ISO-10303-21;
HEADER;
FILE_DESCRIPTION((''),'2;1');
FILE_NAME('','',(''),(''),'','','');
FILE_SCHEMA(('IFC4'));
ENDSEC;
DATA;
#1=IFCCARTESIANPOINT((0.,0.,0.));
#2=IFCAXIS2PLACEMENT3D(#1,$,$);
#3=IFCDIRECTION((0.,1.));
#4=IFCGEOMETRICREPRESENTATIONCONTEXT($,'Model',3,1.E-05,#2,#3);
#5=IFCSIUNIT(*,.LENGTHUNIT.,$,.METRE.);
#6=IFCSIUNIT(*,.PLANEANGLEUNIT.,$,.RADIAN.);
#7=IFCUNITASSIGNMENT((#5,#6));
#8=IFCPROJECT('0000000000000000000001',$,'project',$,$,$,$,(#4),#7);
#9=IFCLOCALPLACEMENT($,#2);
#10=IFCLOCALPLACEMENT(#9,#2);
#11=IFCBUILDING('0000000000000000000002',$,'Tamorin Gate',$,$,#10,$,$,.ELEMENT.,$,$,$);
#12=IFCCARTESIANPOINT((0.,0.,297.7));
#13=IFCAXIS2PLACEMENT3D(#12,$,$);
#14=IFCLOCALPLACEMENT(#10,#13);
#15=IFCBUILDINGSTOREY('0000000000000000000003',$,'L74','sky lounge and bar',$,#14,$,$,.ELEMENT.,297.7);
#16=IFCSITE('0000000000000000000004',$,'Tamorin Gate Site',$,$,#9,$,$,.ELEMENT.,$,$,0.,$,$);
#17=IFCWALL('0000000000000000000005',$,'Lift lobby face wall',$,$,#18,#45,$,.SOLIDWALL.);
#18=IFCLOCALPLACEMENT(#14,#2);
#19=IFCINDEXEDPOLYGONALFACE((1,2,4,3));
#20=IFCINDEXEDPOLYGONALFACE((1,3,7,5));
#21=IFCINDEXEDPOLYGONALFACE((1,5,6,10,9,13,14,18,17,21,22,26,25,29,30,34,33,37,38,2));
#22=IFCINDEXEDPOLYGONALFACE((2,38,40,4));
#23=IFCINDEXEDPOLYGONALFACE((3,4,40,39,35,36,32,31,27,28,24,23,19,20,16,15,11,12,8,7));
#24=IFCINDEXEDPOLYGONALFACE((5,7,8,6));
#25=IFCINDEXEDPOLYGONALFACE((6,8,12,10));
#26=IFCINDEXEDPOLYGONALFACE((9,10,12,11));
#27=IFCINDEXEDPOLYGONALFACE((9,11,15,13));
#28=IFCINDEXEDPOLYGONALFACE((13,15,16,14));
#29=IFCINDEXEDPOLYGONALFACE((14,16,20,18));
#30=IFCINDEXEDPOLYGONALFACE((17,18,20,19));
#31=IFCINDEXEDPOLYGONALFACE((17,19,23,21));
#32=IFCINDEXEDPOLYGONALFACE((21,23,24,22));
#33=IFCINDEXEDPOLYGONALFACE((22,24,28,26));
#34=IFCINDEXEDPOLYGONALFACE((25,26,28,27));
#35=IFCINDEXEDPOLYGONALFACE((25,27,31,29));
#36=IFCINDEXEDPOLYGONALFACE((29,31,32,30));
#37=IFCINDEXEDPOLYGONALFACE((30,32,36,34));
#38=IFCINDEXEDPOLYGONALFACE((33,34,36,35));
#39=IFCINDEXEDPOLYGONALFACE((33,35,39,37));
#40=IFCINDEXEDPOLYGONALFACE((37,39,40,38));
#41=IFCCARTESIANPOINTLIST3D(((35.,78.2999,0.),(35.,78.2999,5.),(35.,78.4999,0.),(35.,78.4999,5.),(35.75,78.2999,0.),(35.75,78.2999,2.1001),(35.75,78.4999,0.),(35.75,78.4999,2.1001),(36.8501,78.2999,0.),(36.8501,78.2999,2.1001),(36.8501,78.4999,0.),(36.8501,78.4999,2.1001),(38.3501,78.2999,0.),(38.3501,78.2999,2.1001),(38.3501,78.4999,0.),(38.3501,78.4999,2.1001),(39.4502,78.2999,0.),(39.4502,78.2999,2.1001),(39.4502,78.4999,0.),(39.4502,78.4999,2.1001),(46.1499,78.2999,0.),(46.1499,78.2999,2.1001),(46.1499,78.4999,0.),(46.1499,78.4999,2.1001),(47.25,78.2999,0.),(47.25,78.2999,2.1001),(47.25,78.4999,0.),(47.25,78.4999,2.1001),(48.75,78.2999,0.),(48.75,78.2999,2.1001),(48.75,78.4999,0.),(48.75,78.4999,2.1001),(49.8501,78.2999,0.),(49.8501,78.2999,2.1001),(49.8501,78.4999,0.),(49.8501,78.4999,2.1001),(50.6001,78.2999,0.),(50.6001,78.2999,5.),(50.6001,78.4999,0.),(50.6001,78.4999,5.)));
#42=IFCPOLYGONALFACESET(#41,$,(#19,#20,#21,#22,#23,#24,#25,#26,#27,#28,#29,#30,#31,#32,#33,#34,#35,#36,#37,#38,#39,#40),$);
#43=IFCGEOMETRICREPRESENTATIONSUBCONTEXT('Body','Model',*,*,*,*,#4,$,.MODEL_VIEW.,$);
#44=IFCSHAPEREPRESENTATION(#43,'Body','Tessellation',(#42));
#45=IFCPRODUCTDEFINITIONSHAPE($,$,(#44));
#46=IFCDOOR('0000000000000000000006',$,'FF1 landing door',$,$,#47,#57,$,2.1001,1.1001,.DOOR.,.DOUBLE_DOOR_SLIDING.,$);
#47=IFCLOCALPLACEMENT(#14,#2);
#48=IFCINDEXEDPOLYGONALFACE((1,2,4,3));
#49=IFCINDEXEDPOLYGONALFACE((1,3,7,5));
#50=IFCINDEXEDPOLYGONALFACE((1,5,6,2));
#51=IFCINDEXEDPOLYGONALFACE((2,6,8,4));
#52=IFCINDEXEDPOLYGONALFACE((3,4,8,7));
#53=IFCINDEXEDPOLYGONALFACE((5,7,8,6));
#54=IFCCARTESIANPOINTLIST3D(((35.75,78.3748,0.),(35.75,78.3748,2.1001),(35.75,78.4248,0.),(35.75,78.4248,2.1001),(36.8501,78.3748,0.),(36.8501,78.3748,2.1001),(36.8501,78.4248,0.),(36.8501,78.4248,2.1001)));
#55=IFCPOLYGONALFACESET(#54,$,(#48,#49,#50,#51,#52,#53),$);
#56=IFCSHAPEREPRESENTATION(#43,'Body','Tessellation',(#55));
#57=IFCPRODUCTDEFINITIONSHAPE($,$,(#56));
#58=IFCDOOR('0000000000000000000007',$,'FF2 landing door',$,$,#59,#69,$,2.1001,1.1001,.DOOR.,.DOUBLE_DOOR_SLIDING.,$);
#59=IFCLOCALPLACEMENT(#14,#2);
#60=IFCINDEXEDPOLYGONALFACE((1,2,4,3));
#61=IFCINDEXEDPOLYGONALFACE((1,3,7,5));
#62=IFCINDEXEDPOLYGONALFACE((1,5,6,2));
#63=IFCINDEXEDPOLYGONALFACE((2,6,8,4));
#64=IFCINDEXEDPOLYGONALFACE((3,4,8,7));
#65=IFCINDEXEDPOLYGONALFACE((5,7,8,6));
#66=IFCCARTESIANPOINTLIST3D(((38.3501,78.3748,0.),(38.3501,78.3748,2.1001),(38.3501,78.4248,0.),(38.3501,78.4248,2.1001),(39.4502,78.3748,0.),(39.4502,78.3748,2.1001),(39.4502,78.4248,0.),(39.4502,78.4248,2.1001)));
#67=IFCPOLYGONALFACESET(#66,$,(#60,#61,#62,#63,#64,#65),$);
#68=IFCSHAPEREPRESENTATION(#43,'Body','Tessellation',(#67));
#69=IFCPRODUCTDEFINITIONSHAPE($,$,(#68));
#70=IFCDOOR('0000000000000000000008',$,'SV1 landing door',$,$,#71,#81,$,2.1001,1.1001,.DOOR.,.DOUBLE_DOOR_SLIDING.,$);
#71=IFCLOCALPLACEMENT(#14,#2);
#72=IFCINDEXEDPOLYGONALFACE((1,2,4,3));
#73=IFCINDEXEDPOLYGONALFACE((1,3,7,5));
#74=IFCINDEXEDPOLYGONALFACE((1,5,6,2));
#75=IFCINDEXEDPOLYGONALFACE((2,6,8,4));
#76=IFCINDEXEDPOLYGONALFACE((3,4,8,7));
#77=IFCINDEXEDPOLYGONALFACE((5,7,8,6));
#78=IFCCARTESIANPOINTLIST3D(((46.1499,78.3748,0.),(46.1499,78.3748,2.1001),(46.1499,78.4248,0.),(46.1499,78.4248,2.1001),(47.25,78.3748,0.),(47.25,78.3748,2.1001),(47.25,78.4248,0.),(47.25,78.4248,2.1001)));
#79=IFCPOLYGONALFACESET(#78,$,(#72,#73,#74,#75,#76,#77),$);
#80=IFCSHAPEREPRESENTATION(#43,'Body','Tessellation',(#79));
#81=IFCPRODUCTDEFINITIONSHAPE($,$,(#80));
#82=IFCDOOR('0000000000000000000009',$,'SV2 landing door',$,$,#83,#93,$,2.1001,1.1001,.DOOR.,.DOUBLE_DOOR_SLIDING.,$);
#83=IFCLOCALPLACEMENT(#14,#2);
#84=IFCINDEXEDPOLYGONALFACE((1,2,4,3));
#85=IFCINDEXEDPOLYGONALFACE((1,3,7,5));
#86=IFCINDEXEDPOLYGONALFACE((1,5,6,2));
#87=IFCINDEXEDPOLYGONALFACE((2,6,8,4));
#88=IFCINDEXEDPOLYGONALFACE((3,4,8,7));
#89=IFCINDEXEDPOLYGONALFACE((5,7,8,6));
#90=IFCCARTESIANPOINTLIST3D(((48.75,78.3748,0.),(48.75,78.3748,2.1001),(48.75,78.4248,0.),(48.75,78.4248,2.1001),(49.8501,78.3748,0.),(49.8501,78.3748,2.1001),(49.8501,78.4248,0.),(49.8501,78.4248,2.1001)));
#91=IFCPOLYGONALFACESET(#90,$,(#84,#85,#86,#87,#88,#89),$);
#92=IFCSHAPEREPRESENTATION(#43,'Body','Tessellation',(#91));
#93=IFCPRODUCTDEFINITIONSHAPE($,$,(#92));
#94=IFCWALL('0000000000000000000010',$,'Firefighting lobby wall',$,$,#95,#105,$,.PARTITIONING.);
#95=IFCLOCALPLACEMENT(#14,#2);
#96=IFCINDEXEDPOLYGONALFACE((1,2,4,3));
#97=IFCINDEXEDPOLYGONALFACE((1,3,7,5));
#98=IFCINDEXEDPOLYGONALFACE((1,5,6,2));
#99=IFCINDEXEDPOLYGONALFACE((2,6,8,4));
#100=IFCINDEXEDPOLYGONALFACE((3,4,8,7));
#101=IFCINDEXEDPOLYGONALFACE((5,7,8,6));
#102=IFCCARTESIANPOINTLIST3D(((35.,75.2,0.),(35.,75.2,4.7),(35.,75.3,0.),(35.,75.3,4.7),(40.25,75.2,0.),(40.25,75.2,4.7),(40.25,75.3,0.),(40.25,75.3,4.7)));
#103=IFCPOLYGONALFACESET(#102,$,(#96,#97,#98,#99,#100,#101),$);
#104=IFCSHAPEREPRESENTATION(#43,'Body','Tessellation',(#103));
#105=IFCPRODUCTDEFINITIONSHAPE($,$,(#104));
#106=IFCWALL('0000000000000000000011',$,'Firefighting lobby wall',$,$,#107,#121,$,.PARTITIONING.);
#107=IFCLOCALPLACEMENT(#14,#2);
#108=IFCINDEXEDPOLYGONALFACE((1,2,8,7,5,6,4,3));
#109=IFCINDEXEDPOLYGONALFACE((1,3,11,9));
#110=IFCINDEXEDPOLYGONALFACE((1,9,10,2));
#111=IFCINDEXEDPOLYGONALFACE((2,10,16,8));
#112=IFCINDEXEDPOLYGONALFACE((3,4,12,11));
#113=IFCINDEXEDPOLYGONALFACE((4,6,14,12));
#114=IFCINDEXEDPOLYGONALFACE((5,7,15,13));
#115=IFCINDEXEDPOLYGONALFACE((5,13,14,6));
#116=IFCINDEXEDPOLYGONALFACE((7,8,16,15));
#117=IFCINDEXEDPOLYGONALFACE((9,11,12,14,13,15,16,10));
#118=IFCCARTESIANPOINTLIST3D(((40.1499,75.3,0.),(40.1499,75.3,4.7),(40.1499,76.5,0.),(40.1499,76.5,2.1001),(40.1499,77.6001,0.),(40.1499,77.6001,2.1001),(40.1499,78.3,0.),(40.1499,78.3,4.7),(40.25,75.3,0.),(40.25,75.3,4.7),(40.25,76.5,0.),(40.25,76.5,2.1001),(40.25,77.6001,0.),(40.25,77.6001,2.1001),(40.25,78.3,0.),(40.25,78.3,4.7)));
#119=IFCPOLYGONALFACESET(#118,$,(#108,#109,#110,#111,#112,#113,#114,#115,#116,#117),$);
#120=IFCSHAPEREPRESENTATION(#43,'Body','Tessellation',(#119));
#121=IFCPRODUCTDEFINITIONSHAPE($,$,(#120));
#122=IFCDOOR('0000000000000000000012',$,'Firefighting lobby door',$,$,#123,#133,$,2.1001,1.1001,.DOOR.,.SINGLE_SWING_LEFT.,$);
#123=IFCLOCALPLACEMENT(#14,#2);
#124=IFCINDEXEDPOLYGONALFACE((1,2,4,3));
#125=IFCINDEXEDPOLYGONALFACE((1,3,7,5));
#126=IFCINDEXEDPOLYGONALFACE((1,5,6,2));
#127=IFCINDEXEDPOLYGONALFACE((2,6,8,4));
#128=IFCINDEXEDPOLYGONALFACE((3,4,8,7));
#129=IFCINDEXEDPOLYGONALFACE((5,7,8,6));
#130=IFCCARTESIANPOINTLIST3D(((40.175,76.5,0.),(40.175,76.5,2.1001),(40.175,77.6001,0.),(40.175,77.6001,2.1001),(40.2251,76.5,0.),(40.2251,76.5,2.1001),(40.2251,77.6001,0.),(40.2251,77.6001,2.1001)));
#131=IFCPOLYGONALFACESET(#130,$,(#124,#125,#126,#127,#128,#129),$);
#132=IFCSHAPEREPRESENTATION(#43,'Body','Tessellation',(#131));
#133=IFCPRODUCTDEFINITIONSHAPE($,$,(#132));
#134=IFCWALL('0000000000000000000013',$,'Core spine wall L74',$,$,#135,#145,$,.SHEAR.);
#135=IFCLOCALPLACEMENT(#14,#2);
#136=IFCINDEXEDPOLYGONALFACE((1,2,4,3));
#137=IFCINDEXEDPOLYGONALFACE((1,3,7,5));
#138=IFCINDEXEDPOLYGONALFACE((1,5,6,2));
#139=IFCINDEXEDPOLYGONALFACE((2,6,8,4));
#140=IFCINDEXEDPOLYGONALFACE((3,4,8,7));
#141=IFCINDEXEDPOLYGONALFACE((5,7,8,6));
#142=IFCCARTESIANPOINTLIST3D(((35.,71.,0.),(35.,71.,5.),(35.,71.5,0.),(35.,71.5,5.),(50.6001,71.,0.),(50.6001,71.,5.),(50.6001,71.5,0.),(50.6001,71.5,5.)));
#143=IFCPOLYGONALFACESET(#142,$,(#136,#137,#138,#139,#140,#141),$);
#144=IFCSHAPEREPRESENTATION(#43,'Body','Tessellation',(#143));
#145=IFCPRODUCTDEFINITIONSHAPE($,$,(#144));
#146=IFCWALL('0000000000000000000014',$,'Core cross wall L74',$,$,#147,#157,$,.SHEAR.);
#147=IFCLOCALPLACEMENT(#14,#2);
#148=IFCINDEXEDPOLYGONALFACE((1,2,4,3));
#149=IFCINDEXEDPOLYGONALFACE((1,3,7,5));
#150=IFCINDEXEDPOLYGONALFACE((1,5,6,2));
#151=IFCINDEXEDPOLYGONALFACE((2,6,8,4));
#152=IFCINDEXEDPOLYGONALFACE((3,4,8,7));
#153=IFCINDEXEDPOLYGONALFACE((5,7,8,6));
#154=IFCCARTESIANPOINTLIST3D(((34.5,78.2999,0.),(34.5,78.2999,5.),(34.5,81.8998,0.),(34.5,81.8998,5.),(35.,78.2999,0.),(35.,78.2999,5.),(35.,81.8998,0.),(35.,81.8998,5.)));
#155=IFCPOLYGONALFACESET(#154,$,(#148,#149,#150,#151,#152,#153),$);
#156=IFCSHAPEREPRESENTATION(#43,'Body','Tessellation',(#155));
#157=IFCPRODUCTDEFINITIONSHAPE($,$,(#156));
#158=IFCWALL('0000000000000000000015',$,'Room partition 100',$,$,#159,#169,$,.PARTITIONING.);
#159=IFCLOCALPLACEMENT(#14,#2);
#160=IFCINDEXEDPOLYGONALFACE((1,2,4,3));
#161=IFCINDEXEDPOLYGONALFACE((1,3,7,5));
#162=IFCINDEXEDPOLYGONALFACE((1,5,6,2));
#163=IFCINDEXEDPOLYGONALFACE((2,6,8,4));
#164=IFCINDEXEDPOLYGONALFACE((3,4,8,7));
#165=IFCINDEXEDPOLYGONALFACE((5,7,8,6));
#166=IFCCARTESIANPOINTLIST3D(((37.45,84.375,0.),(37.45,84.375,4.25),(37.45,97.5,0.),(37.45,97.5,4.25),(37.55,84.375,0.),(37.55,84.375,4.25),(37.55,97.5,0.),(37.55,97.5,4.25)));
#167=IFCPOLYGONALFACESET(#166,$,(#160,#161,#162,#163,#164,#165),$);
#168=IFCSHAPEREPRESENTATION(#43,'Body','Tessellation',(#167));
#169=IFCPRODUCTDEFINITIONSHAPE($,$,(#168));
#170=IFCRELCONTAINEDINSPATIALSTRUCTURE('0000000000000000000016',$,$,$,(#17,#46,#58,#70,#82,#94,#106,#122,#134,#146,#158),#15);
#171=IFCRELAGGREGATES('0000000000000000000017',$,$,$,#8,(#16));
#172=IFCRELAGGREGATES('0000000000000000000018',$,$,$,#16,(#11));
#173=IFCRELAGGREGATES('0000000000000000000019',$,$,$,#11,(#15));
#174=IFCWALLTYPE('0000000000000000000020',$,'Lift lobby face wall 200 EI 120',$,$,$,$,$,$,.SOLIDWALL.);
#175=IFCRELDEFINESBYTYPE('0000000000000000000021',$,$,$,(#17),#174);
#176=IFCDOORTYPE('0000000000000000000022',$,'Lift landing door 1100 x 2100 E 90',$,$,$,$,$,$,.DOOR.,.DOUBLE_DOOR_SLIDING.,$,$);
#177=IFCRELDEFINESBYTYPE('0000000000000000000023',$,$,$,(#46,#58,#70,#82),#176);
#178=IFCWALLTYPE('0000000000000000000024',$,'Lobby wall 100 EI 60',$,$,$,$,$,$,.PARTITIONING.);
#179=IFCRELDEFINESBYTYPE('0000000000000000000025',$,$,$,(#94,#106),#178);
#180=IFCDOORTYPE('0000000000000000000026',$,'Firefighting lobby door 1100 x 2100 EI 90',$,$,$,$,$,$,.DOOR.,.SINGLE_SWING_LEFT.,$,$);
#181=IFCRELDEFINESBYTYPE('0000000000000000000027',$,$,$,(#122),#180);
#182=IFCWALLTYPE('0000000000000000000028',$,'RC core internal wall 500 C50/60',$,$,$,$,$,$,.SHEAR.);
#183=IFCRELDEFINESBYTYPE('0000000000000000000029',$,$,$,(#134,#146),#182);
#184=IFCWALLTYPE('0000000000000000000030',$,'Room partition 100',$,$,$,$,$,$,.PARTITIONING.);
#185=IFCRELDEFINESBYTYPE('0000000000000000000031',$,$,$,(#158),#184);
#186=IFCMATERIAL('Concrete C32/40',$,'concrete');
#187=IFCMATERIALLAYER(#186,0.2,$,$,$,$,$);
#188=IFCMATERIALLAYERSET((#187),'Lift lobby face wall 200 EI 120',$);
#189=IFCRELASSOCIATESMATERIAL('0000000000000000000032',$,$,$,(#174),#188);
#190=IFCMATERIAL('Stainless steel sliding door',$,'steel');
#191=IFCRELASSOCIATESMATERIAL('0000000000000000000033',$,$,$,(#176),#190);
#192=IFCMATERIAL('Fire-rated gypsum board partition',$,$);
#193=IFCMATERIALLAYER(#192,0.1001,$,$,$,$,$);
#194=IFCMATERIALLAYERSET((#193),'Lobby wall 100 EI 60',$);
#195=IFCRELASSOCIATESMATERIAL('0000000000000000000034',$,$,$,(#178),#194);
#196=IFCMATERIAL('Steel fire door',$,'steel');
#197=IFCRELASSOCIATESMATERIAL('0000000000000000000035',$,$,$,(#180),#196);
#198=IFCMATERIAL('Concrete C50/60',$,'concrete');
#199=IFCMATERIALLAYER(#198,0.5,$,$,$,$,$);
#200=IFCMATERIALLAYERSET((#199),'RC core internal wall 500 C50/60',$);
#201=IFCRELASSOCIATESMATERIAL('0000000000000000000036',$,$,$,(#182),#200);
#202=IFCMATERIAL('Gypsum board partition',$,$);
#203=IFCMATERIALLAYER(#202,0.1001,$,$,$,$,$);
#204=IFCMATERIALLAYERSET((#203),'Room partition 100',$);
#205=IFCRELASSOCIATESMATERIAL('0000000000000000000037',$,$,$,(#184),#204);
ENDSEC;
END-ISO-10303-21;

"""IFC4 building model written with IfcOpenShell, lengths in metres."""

from ifc_helpers import new_model, si_unit, direction, frame, frame_2d, origin, place, context, subcontext, project, spatial, rectangle, extrude, material, layer, layer_set, type_object, element, fill, save


model = new_model("IFC4")

# Units and contexts
model_context = context("Model", 3, precision=1e-05, world=origin(), true_north=direction((0.0, 1.0)))
body_context = subcontext(model_context, "Body", "Model", "MODEL_VIEW")
ifc_project = project(units=[si_unit("LENGTHUNIT", "METRE"), si_unit("PLANEANGLEUNIT", "RADIAN")], contexts=[model_context])

# Site, building, storey
site_placement = place(None, origin())
site = spatial("IfcSite", under=ifc_project, at=site_placement, Name="Tamorin Gate Site", CompositionType="ELEMENT", RefElevation=0.0)
building_placement = place(site_placement, origin())
building = spatial("IfcBuilding", under=site, at=building_placement, Name="Tamorin Gate", CompositionType="ELEMENT")
storey_placement = place(building_placement, frame((0.0, 0.0, 297.7)))
storey = spatial("IfcBuildingStorey", under=building, at=storey_placement, Name="L74", Description="sky lounge and bar", CompositionType="ELEMENT", Elevation=297.7)

# Wall, openings, doors
ifc_material_1 = material(Name="Concrete C32/40", Category="concrete")
ifc_layer_1 = layer(ifc_material_1, 0.2)
ifc_layer_set_1 = layer_set([ifc_layer_1], Name="Lift lobby face wall 200 EI 120")
wall_type_1 = type_object("IfcWallType", Name="Lift lobby face wall 200 EI 120", PredefinedType="SOLIDWALL", material=ifc_layer_set_1)
ifc_material_2 = material(Name="Stainless steel sliding door", Category="steel")
door_type_1 = type_object("IfcDoorType", Name="Lift landing door 1100 x 2100 E 90", OperationType="DOUBLE_DOOR_SLIDING", PredefinedType="DOOR", material=ifc_material_2)
wall_1_placement = place(storey_placement, frame((35.0, 78.3999, 0.0), z_axis=(0.0, 0.0, 1.0), x_axis=(1.0, 0.0, 0.0)))
wall_1 = element("IfcWall", 1, at=wall_1_placement, inside=storey, type_object=wall_type_1, Name="Lift lobby face wall", PredefinedType="SOLIDWALL", context=body_context, shape_type="SweptSolid", body=[
    extrude(rectangle(XDim=15.6001, YDim=0.2, at=frame_2d((7.8, 0.0))), origin(), (0.0, 0.0, 1.0), 5.0),
])
opening_1_placement = place(wall_1_placement, frame((0.75, 0.0, 0.0)))
opening_1 = element("IfcOpeningElement", 2, at=opening_1_placement, cuts=wall_1, PredefinedType="OPENING", context=body_context, shape_type="SweptSolid", body=[
    extrude(rectangle(XDim=1.1001, YDim=2.1001, at=frame_2d((0.55, 1.05))), frame((0.0, 0.1099, 0.0), z_axis=(0.0, -1.0, 0.0), x_axis=(1.0, 0.0, 0.0)), (0.0, 0.0, 1.0), 0.22),
])
opening_2_placement = place(wall_1_placement, frame((3.3501, 0.0, 0.0)))
opening_2 = element("IfcOpeningElement", 3, at=opening_2_placement, cuts=wall_1, PredefinedType="OPENING", context=body_context, shape_type="SweptSolid", body=[
    extrude(rectangle(XDim=1.1001, YDim=2.1001, at=frame_2d((0.55, 1.05))), frame((0.0, 0.1099, 0.0), z_axis=(0.0, -1.0, 0.0), x_axis=(1.0, 0.0, 0.0)), (0.0, 0.0, 1.0), 0.22),
])
opening_3_placement = place(wall_1_placement, frame((11.1499, 0.0, 0.0)))
opening_3 = element("IfcOpeningElement", 4, at=opening_3_placement, cuts=wall_1, PredefinedType="OPENING", context=body_context, shape_type="SweptSolid", body=[
    extrude(rectangle(XDim=1.1001, YDim=2.1001, at=frame_2d((0.55, 1.05))), frame((0.0, 0.1099, 0.0), z_axis=(0.0, -1.0, 0.0), x_axis=(1.0, 0.0, 0.0)), (0.0, 0.0, 1.0), 0.22),
])
opening_4_placement = place(wall_1_placement, frame((13.75, 0.0, 0.0)))
opening_4 = element("IfcOpeningElement", 5, at=opening_4_placement, cuts=wall_1, PredefinedType="OPENING", context=body_context, shape_type="SweptSolid", body=[
    extrude(rectangle(XDim=1.1001, YDim=2.1001, at=frame_2d((0.55, 1.05))), frame((0.0, 0.1099, 0.0), z_axis=(0.0, -1.0, 0.0), x_axis=(1.0, 0.0, 0.0)), (0.0, 0.0, 1.0), 0.22),
])
door_1_placement = place(opening_1_placement, origin())
door_1 = element("IfcDoor", 6, at=door_1_placement, inside=storey, type_object=door_type_1, Name="FF1 landing door", OperationType="DOUBLE_DOOR_SLIDING", OverallHeight=2.1001, OverallWidth=1.1001, PredefinedType="DOOR", context=body_context, shape_type="SweptSolid", body=[
    extrude(rectangle(XDim=1.1001, YDim=2.1001, at=frame_2d((0.55, 1.05))), frame((0.0, 0.0249, 0.0), z_axis=(0.0, -1.0, 0.0), x_axis=(1.0, 0.0, 0.0)), (0.0, 0.0, 1.0), 0.05),
])
fill(opening_1, door_1)
door_2_placement = place(opening_2_placement, origin())
door_2 = element("IfcDoor", 7, at=door_2_placement, inside=storey, type_object=door_type_1, Name="FF2 landing door", OperationType="DOUBLE_DOOR_SLIDING", OverallHeight=2.1001, OverallWidth=1.1001, PredefinedType="DOOR", context=body_context, shape_type="SweptSolid", body=[
    extrude(rectangle(XDim=1.1001, YDim=2.1001, at=frame_2d((0.55, 1.05))), frame((0.0, 0.0249, 0.0), z_axis=(0.0, -1.0, 0.0), x_axis=(1.0, 0.0, 0.0)), (0.0, 0.0, 1.0), 0.05),
])
fill(opening_2, door_2)
door_3_placement = place(opening_3_placement, origin())
door_3 = element("IfcDoor", 8, at=door_3_placement, inside=storey, type_object=door_type_1, Name="SV1 landing door", OperationType="DOUBLE_DOOR_SLIDING", OverallHeight=2.1001, OverallWidth=1.1001, PredefinedType="DOOR", context=body_context, shape_type="SweptSolid", body=[
    extrude(rectangle(XDim=1.1001, YDim=2.1001, at=frame_2d((0.55, 1.05))), frame((0.0, 0.0249, 0.0), z_axis=(0.0, -1.0, 0.0), x_axis=(1.0, 0.0, 0.0)), (0.0, 0.0, 1.0), 0.05),
])
fill(opening_3, door_3)
door_4_placement = place(opening_4_placement, origin())
door_4 = element("IfcDoor", 9, at=door_4_placement, inside=storey, type_object=door_type_1, Name="SV2 landing door", OperationType="DOUBLE_DOOR_SLIDING", OverallHeight=2.1001, OverallWidth=1.1001, PredefinedType="DOOR", context=body_context, shape_type="SweptSolid", body=[
    extrude(rectangle(XDim=1.1001, YDim=2.1001, at=frame_2d((0.55, 1.05))), frame((0.0, 0.0249, 0.0), z_axis=(0.0, -1.0, 0.0), x_axis=(1.0, 0.0, 0.0)), (0.0, 0.0, 1.0), 0.05),
])
fill(opening_4, door_4)

# Wall
ifc_material_3 = material(Name="Fire-rated gypsum board partition")
ifc_layer_2 = layer(ifc_material_3, 0.1001)
ifc_layer_set_2 = layer_set([ifc_layer_2], Name="Lobby wall 100 EI 60")
wall_type_2 = type_object("IfcWallType", Name="Lobby wall 100 EI 60", PredefinedType="PARTITIONING", material=ifc_layer_set_2)
wall_2_placement = place(storey_placement, frame((35.0, 75.25, 0.0), z_axis=(0.0, 0.0, 1.0), x_axis=(1.0, 0.0, 0.0)))
element("IfcWall", 10, at=wall_2_placement, inside=storey, type_object=wall_type_2, Name="Firefighting lobby wall", PredefinedType="PARTITIONING", context=body_context, shape_type="SweptSolid", body=[
    extrude(rectangle(XDim=5.25, YDim=0.1001, at=frame_2d((2.625, 0.0))), origin(), (0.0, 0.0, 1.0), 4.7),
])

# Wall, opening, door
wall_3_placement = place(storey_placement, frame((40.2, 75.3, 0.0), z_axis=(0.0, 0.0, 1.0), x_axis=(0.0, 1.0, 0.0)))
wall_3 = element("IfcWall", 11, at=wall_3_placement, inside=storey, type_object=wall_type_2, Name="Firefighting lobby wall", PredefinedType="PARTITIONING", context=body_context, shape_type="SweptSolid", body=[
    extrude(rectangle(XDim=3.0, YDim=0.1001, at=frame_2d((1.5, 0.0))), origin(), (0.0, 0.0, 1.0), 4.7),
])
opening_5_placement = place(wall_3_placement, frame((1.2, 0.0, 0.0)))
opening_5 = element("IfcOpeningElement", 12, at=opening_5_placement, cuts=wall_3, PredefinedType="OPENING", context=body_context, shape_type="SweptSolid", body=[
    extrude(rectangle(XDim=1.1001, YDim=2.1001, at=frame_2d((0.55, 1.05))), frame((0.0, 0.0601, 0.0), z_axis=(0.0, -1.0, 0.0), x_axis=(1.0, 0.0, 0.0)), (0.0, 0.0, 1.0), 0.1201),
])
ifc_material_4 = material(Name="Steel fire door", Category="steel")
door_type_2 = type_object("IfcDoorType", Name="Firefighting lobby door 1100 x 2100 EI 90", OperationType="SINGLE_SWING_LEFT", PredefinedType="DOOR", material=ifc_material_4)
door_5_placement = place(opening_5_placement, origin())
door_5 = element("IfcDoor", 13, at=door_5_placement, inside=storey, type_object=door_type_2, Name="Firefighting lobby door", OperationType="SINGLE_SWING_LEFT", OverallHeight=2.1001, OverallWidth=1.1001, PredefinedType="DOOR", context=body_context, shape_type="SweptSolid", body=[
    extrude(rectangle(XDim=1.1001, YDim=2.1001, at=frame_2d((0.55, 1.05))), frame((0.0, 0.0249, 0.0), z_axis=(0.0, -1.0, 0.0), x_axis=(1.0, 0.0, 0.0)), (0.0, 0.0, 1.0), 0.05),
])
fill(opening_5, door_5)

# Walls
ifc_material_5 = material(Name="Concrete C50/60", Category="concrete")
ifc_layer_3 = layer(ifc_material_5, 0.5)
ifc_layer_set_3 = layer_set([ifc_layer_3], Name="RC core internal wall 500 C50/60")
wall_type_3 = type_object("IfcWallType", Name="RC core internal wall 500 C50/60", PredefinedType="SHEAR", material=ifc_layer_set_3)
wall_4_placement = place(storey_placement, frame((35.0, 71.25, 0.0), z_axis=(0.0, 0.0, 1.0), x_axis=(1.0, 0.0, 0.0)))
element("IfcWall", 14, at=wall_4_placement, inside=storey, type_object=wall_type_3, Name="Core spine wall L74", PredefinedType="SHEAR", context=body_context, shape_type="SweptSolid", body=[
    extrude(rectangle(XDim=15.6001, YDim=0.5, at=frame_2d((7.8, 0.0))), origin(), (0.0, 0.0, 1.0), 5.0),
])
wall_5_placement = place(storey_placement, frame((34.75, 78.3, 0.0), z_axis=(0.0, 0.0, 1.0), x_axis=(0.0, 1.0, 0.0)))
element("IfcWall", 15, at=wall_5_placement, inside=storey, type_object=wall_type_3, Name="Core cross wall L74", PredefinedType="SHEAR", context=body_context, shape_type="SweptSolid", body=[
    extrude(rectangle(XDim=3.5999, YDim=0.5, at=frame_2d((1.7998, 0.0))), origin(), (0.0, 0.0, 1.0), 5.0),
])
ifc_material_6 = material(Name="Gypsum board partition")
ifc_layer_4 = layer(ifc_material_6, 0.1001)
ifc_layer_set_4 = layer_set([ifc_layer_4], Name="Room partition 100")
wall_type_4 = type_object("IfcWallType", Name="Room partition 100", PredefinedType="PARTITIONING", material=ifc_layer_set_4)
wall_6_placement = place(storey_placement, frame((37.5, 84.375, 0.0), z_axis=(0.0, 0.0, 1.0), x_axis=(0.0, 1.0, 0.0)))
element("IfcWall", 16, at=wall_6_placement, inside=storey, type_object=wall_type_4, Name="Room partition 100", PredefinedType="PARTITIONING", context=body_context, shape_type="SweptSolid", body=[
    extrude(rectangle(XDim=13.125, YDim=0.1001, at=frame_2d((6.5625, 0.0))), origin(), (0.0, 0.0, 1.0), 4.25),
])

save(model, "model.ifc")
